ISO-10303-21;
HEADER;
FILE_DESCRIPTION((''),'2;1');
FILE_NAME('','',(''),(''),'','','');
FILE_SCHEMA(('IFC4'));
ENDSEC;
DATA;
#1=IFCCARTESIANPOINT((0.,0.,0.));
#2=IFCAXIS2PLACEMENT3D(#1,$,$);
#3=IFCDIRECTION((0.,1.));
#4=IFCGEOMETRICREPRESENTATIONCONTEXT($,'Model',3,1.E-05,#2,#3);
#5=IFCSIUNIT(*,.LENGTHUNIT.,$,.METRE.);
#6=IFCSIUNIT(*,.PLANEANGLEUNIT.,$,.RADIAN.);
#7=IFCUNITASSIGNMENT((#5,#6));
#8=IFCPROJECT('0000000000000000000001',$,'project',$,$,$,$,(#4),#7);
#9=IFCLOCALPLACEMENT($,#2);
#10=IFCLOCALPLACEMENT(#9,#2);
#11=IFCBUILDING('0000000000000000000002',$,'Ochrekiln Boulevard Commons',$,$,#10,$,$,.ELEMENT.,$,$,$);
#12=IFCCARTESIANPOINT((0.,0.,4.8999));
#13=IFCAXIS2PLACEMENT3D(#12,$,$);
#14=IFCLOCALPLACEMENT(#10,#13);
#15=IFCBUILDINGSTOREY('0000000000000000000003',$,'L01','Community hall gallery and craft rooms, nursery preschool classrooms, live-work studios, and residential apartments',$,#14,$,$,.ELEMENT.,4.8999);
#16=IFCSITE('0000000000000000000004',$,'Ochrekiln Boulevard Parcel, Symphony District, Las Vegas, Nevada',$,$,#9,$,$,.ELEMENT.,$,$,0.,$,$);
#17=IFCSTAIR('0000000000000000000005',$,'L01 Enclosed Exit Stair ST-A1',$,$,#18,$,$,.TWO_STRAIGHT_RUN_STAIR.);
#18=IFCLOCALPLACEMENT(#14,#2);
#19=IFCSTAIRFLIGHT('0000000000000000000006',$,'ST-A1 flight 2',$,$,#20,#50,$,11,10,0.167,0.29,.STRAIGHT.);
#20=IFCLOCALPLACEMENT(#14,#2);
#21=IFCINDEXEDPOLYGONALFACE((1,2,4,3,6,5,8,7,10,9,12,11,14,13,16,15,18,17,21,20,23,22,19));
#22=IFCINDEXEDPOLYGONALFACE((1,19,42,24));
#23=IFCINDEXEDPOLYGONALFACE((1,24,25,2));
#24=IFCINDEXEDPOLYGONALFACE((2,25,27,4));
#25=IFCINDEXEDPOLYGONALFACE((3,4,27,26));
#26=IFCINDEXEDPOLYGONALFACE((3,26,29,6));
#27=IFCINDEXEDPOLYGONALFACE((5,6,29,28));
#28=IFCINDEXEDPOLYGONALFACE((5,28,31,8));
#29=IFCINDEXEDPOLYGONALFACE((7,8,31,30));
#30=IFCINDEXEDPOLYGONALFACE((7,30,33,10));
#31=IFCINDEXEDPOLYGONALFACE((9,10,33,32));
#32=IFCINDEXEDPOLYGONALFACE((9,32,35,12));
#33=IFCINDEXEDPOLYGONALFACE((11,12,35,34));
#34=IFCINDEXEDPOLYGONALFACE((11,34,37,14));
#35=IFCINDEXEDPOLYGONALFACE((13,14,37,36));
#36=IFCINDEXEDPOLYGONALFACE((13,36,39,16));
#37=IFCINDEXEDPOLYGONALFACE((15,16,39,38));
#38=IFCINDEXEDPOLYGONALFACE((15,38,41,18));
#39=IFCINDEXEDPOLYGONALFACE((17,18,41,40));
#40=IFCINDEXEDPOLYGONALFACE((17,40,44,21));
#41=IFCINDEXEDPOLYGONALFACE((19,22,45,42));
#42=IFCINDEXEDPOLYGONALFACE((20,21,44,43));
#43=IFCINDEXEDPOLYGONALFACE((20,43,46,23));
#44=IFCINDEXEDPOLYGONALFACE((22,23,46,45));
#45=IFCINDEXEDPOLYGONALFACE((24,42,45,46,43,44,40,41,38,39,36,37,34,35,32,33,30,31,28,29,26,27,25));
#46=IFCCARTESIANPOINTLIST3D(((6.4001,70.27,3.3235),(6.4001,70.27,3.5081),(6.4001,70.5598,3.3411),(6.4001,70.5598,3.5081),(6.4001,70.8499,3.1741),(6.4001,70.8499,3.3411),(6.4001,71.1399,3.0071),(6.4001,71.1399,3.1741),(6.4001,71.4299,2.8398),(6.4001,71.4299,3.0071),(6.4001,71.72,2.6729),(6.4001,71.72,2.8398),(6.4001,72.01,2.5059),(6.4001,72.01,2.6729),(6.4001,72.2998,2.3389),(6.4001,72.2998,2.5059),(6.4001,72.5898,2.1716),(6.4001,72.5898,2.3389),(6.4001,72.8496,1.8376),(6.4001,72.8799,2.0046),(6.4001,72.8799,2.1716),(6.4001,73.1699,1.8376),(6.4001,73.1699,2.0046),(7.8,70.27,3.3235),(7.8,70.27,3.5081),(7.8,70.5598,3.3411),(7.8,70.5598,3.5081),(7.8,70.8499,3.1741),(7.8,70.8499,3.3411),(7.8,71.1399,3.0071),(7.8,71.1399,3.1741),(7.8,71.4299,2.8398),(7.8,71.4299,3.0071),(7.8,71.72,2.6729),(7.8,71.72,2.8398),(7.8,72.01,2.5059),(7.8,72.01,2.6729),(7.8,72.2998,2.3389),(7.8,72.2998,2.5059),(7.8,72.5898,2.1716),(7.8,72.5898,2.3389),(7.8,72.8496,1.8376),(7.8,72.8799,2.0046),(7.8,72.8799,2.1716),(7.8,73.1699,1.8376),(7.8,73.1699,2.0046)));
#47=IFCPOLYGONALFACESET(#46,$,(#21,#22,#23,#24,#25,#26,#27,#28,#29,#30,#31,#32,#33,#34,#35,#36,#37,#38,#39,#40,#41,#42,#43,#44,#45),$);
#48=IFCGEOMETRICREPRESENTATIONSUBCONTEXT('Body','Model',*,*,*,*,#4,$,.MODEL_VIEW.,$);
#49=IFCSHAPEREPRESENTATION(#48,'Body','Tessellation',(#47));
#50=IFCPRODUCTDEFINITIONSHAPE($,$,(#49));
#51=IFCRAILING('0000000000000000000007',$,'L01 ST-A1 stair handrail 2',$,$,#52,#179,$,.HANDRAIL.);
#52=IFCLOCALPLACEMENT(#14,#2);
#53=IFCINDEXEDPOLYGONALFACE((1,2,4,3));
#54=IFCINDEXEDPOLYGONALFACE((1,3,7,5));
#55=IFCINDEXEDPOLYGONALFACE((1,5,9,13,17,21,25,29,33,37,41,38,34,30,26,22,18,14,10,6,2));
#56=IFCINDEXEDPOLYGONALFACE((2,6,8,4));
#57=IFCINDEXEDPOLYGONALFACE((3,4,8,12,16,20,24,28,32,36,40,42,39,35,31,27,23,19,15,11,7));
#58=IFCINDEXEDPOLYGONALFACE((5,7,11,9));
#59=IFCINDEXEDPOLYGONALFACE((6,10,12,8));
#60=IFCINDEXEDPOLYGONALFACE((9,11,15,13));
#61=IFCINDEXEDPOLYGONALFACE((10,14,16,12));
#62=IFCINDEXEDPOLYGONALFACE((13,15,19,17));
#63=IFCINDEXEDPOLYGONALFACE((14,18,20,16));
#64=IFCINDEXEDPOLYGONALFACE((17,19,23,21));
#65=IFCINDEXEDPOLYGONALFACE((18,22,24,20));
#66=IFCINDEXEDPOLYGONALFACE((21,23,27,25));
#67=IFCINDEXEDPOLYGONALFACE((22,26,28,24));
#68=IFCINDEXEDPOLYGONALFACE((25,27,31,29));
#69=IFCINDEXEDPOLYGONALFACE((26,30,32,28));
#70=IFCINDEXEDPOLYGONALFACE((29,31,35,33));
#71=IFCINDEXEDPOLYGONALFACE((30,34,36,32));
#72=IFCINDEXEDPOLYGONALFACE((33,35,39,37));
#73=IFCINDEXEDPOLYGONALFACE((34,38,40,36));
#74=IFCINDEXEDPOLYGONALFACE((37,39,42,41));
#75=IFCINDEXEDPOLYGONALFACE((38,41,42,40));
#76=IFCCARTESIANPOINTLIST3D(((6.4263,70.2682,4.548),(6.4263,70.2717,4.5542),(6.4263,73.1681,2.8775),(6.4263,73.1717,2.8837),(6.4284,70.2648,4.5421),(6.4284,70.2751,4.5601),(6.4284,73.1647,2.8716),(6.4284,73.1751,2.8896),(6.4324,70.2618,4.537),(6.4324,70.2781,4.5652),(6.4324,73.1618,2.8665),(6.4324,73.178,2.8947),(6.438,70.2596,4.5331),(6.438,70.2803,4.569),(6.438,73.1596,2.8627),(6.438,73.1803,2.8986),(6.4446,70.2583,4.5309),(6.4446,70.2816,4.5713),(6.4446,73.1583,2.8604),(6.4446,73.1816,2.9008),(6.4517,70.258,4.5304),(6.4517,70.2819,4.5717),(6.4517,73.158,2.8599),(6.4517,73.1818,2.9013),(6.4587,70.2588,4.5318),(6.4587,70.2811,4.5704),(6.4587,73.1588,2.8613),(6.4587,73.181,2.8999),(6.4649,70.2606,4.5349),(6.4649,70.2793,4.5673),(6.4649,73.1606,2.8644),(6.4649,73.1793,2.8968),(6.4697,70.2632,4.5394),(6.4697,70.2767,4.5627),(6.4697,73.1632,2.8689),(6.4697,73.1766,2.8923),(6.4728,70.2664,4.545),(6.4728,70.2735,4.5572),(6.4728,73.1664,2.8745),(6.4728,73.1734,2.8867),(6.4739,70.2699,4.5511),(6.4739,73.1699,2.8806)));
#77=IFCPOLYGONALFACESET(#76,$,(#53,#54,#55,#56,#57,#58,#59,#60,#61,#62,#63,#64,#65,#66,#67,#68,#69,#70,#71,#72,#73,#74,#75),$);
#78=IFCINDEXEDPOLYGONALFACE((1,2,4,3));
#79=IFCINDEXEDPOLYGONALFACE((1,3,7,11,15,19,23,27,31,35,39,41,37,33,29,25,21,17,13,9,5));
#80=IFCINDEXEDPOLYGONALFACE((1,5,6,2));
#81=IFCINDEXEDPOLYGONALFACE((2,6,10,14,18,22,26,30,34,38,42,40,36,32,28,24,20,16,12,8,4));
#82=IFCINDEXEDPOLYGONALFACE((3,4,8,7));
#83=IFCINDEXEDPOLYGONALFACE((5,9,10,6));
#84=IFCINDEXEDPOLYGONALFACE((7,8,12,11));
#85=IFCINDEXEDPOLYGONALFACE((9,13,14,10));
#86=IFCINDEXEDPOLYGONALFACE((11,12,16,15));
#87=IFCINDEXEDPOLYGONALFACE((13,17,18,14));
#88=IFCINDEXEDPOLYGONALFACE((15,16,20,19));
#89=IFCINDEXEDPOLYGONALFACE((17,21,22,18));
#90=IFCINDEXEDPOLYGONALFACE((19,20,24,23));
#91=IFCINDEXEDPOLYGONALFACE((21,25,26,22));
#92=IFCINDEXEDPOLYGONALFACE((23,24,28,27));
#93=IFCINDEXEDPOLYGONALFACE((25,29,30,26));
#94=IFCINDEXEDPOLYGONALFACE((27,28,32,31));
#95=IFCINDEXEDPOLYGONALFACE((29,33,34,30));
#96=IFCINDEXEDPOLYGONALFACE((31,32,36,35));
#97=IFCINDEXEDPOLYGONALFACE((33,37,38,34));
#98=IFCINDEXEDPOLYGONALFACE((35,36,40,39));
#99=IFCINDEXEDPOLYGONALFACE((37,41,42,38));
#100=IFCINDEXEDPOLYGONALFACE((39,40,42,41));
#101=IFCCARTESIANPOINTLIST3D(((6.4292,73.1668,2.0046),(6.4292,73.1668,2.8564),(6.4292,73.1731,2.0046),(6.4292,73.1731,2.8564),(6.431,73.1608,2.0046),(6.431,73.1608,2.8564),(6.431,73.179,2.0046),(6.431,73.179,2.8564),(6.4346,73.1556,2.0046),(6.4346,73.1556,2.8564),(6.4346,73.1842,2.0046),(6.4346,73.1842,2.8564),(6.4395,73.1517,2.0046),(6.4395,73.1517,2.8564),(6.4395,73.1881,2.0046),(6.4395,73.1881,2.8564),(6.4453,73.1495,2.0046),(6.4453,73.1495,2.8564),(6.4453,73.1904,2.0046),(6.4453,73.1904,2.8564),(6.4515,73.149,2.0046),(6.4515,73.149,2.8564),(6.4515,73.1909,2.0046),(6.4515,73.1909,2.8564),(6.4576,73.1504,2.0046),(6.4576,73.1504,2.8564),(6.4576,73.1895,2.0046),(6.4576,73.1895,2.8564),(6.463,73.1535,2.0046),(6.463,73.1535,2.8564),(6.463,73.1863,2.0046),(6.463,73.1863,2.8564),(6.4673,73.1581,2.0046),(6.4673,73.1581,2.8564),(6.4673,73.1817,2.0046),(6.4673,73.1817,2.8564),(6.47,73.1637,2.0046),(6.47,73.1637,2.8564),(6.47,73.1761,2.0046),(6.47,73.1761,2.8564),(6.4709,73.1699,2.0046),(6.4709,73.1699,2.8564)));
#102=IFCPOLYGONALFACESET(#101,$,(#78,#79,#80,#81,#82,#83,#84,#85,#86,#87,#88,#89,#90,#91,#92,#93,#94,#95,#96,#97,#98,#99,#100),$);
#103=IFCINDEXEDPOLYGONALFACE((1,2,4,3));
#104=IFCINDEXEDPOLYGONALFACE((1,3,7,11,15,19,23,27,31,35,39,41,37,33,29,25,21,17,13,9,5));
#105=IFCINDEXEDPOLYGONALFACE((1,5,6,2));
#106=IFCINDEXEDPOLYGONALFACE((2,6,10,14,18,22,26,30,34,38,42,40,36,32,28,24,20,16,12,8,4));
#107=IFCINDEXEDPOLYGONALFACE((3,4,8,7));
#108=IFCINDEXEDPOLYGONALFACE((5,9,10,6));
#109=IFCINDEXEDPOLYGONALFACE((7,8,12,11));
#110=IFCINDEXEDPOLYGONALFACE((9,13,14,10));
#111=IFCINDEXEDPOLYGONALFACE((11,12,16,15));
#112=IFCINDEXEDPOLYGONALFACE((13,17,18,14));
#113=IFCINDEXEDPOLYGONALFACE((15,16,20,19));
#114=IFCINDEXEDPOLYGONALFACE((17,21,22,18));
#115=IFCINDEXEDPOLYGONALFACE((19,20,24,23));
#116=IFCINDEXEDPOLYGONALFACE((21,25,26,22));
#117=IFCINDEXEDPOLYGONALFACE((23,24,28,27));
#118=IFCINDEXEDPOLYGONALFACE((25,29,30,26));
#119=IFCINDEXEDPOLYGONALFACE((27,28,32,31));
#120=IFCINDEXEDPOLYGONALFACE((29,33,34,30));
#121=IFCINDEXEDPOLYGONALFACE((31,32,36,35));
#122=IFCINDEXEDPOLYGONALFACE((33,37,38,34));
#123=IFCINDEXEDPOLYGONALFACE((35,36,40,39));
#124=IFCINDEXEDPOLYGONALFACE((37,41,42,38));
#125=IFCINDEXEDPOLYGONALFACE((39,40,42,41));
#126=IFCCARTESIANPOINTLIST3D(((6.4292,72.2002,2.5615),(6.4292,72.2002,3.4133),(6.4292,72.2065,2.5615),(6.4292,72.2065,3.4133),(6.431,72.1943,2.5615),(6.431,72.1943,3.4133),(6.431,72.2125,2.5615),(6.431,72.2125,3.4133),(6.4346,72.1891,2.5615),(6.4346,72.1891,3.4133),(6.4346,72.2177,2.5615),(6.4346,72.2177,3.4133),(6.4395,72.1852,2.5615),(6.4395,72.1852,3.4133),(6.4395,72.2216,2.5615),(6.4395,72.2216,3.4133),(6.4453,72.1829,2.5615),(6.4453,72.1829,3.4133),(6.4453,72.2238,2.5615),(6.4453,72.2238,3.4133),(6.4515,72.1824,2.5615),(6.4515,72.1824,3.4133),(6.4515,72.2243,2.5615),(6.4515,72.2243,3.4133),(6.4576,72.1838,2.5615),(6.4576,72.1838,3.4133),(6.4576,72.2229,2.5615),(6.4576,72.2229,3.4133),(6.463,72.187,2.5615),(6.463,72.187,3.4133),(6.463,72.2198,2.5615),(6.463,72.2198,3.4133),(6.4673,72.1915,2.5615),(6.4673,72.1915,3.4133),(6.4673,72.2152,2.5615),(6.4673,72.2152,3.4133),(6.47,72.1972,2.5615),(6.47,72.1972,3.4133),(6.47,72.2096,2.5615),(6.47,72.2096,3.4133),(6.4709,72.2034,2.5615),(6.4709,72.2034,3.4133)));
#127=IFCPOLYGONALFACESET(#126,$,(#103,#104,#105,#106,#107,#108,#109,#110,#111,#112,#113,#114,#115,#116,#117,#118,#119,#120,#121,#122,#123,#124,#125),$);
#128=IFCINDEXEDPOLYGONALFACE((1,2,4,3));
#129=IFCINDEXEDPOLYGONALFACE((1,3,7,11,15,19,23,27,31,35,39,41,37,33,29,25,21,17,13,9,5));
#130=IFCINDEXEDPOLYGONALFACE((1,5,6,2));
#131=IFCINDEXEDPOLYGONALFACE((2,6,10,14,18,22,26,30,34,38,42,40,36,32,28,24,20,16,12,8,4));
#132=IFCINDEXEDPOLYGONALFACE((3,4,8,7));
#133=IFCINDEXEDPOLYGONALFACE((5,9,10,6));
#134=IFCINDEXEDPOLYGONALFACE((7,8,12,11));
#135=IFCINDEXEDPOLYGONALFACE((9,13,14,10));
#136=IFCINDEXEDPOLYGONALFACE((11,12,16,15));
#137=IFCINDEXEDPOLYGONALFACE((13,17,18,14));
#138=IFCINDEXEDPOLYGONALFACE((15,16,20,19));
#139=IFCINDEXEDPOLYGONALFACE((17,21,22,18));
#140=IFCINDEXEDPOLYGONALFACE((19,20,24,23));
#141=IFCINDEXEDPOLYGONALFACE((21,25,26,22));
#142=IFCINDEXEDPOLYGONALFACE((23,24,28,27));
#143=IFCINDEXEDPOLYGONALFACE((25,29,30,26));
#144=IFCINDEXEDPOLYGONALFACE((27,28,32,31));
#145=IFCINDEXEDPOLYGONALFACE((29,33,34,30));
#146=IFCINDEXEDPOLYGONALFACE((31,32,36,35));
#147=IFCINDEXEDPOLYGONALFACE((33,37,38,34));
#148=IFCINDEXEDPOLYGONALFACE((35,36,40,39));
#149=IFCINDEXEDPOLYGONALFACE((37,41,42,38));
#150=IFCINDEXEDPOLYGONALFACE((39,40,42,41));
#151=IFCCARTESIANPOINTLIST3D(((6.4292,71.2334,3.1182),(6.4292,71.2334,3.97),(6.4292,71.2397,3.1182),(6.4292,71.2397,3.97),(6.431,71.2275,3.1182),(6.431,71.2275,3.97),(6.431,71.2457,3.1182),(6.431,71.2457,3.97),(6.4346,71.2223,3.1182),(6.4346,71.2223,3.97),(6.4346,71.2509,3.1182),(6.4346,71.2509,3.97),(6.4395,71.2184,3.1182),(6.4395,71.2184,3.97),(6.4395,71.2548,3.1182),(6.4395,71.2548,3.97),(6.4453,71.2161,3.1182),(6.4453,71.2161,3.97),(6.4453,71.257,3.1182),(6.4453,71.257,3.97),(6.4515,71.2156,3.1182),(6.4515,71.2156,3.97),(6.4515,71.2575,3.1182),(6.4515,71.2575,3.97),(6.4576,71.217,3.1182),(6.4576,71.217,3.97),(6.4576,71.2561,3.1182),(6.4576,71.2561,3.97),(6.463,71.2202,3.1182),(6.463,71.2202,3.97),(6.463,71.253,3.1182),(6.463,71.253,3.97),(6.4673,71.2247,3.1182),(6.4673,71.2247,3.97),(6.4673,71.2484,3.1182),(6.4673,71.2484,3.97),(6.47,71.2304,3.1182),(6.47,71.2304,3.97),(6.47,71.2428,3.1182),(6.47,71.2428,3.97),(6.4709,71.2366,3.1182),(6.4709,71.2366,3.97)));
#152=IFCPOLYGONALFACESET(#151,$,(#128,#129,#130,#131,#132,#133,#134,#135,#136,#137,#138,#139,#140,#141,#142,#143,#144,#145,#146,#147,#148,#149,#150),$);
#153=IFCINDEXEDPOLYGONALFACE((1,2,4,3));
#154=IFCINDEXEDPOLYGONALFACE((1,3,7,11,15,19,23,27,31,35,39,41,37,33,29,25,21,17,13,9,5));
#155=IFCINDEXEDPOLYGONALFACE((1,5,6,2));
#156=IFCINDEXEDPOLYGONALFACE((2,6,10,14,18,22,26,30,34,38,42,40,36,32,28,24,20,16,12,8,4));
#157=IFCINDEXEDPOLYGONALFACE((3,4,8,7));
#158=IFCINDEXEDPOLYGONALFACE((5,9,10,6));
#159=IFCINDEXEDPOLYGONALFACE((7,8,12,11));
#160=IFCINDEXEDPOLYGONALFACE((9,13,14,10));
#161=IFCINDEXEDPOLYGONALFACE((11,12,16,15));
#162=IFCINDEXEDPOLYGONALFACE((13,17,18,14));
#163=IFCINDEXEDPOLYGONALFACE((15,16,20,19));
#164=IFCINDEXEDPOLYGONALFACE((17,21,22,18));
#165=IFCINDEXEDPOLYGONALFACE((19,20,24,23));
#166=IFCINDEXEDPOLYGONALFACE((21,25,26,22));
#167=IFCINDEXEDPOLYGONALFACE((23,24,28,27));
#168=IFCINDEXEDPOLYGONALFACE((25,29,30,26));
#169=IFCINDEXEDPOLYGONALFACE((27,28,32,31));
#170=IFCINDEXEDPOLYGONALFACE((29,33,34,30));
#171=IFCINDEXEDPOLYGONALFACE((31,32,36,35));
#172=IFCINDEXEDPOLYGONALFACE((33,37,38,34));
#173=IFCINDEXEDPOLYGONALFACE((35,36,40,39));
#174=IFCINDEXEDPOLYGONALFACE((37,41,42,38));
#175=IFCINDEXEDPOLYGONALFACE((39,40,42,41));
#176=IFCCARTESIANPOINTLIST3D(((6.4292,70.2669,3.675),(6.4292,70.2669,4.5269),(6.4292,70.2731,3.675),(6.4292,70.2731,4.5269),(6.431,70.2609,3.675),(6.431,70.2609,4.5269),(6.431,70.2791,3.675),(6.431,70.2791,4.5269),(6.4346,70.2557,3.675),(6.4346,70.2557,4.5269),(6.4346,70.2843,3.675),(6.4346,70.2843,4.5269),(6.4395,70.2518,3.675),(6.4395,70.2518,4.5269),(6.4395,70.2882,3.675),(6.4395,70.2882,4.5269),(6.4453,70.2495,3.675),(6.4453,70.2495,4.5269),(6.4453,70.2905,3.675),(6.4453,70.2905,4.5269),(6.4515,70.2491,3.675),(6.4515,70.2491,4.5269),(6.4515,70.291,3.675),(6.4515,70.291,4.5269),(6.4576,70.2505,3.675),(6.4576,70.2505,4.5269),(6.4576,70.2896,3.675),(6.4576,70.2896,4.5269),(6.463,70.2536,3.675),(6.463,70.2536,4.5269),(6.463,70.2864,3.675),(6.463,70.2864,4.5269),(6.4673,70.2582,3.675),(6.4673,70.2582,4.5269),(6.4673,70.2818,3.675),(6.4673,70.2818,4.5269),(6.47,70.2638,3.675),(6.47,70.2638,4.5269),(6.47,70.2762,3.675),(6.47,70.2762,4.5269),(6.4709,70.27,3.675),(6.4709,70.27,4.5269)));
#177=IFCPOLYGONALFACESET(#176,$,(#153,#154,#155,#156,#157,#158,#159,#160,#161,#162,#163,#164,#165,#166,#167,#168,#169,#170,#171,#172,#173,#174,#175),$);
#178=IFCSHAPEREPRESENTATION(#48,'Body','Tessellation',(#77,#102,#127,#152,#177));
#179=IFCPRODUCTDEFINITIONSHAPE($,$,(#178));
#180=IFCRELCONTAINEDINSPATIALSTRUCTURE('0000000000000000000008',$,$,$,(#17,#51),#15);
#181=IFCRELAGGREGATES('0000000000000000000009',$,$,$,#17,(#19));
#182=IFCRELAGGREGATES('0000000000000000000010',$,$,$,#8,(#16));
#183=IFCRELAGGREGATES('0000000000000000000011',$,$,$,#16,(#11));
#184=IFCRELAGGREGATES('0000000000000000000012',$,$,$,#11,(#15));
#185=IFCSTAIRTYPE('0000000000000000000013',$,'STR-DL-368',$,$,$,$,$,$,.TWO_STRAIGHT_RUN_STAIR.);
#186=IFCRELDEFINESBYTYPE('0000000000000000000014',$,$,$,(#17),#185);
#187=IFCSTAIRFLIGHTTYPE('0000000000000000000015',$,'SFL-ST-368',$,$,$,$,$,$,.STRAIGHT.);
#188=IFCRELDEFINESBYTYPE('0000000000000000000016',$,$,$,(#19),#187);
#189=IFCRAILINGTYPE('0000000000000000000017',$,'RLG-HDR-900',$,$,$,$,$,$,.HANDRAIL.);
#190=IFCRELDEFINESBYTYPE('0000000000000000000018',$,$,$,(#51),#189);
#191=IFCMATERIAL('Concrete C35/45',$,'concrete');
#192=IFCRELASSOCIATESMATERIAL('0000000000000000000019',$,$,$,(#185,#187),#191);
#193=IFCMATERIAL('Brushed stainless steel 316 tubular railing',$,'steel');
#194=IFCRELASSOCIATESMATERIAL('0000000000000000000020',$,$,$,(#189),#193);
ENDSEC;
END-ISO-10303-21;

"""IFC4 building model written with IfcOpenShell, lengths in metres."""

from ifc_helpers import new_model, si_unit, direction, frame, origin, origin_2d, place, context, subcontext, project, spatial, polyline, circle, outline, extrude, material, type_object, element, aggregate, save


model = new_model("IFC4")

# Units and contexts
model_context = context("Model", 3, precision=1e-05, world=origin(), true_north=direction((0.0, 1.0)))
body_context = subcontext(model_context, "Body", "Model", "MODEL_VIEW")
ifc_project = project(units=[si_unit("LENGTHUNIT", "METRE"), si_unit("PLANEANGLEUNIT", "RADIAN")], contexts=[model_context])

# Site, building, storey
site_placement = place(None, origin())
site = spatial("IfcSite", under=ifc_project, at=site_placement, Name="Ochrekiln Boulevard Parcel, Symphony District, Las Vegas, Nevada", CompositionType="ELEMENT", RefElevation=0.0)
building_placement = place(site_placement, origin())
building = spatial("IfcBuilding", under=site, at=building_placement, Name="Ochrekiln Boulevard Commons", CompositionType="ELEMENT")
storey_placement = place(building_placement, frame((0.0, 0.0, 4.8999)))
storey = spatial("IfcBuildingStorey", under=building, at=storey_placement, Name="L01", Description="Community hall gallery and craft rooms, nursery preschool classrooms, live-work studios, and residential apartments", CompositionType="ELEMENT", Elevation=4.8999)

# Shared definitions
ifc_material_1 = material(Name="Concrete C35/45", Category="concrete")

# Stair, stair flight
stair_type = type_object("IfcStairType", Name="STR-DL-368", PredefinedType="TWO_STRAIGHT_RUN_STAIR", material=ifc_material_1)
stair_placement = place(storey_placement, origin())
stair = element("IfcStair", 1, at=stair_placement, inside=storey, type_object=stair_type, Name="L01 Enclosed Exit Stair ST-A1", PredefinedType="TWO_STRAIGHT_RUN_STAIR")
stair_flight_type = type_object("IfcStairFlightType", Name="SFL-ST-368", PredefinedType="STRAIGHT", material=ifc_material_1)
stair_flight_placement = place(storey_placement, frame((7.1001, 73.1699, 1.8376), z_axis=(0.0, 0.0, 1.0), x_axis=(0.0, -1.0, 0.0)))
stair_flight = element("IfcStairFlight", 2, at=stair_flight_placement, type_object=stair_flight_type, Name="ST-A1 flight 2", NumberOfRisers=11, NumberOfTreads=10, PredefinedType="STRAIGHT", RiserHeight=0.167, TreadLength=0.29, context=body_context, shape_type="SweptSolid", body=[
    extrude(outline(polyline([(0.0, 0.0), (0.0, 0.167), (0.29, 0.167), (0.29, 0.334), (0.5801, 0.334), (0.5801, 0.5012), (0.8701, 0.5012), (0.8701, 0.6682), (1.1599, 0.6682), (1.1599, 0.8352), (1.45, 0.8352), (1.45, 1.0022), (1.74, 1.0022), (1.74, 1.1694), (2.03, 1.1694), (2.03, 1.3364), (2.3201, 1.3364), (2.3201, 1.5034), (2.6101, 1.5034), (2.6101, 1.6704), (2.8999, 1.6704), (2.8999, 1.8374), (2.8999, 1.4858), (0.3203, 0.0), (0.0, 0.0)])), frame((0.0, 0.7, 0.0), z_axis=(0.0, -1.0, 0.0), x_axis=(1.0, 0.0, 0.0)), (0.0, 0.0, 1.0), 1.3999),
])
aggregate(stair, [stair_flight])

# Railing
ifc_material_2 = material(Name="Brushed stainless steel 316 tubular railing", Category="steel")
railing_type_1 = type_object("IfcRailingType", Name="RLG-HDR-900", PredefinedType="HANDRAIL", material=ifc_material_2)
railing_1_placement = place(storey_placement, frame((6.45, 73.1699, 2.0046)))
element("IfcRailing", 3, at=railing_1_placement, inside=storey, type_object=railing_type_1, Name="L01 ST-A1 stair handrail 2", PredefinedType="HANDRAIL", context=body_context, shape_type="SweptSolid", body=[
    extrude(circle(Radius=0.0239, at=origin_2d()), frame((0.0, 0.0, 0.876), z_axis=(0.0, -0.866523, 0.499137), x_axis=(1.0, 0.0, 0.0)), (0.0, 0.0, 1.0), 3.3467),
    extrude(circle(Radius=0.021, at=origin_2d()), origin(), (0.0, 0.0, 1.0), 0.8518),
    extrude(circle(Radius=0.021, at=origin_2d()), frame((0.0, -0.9666, 0.5569)), (0.0, 0.0, 1.0), 0.8518),
    extrude(circle(Radius=0.021, at=origin_2d()), frame((0.0, -1.9333, 1.1135)), (0.0, 0.0, 1.0), 0.8518),
    extrude(circle(Radius=0.021, at=origin_2d()), frame((0.0, -2.8999, 1.6704)), (0.0, 0.0, 1.0), 0.8518),
])

save(model, "model.ifc")
